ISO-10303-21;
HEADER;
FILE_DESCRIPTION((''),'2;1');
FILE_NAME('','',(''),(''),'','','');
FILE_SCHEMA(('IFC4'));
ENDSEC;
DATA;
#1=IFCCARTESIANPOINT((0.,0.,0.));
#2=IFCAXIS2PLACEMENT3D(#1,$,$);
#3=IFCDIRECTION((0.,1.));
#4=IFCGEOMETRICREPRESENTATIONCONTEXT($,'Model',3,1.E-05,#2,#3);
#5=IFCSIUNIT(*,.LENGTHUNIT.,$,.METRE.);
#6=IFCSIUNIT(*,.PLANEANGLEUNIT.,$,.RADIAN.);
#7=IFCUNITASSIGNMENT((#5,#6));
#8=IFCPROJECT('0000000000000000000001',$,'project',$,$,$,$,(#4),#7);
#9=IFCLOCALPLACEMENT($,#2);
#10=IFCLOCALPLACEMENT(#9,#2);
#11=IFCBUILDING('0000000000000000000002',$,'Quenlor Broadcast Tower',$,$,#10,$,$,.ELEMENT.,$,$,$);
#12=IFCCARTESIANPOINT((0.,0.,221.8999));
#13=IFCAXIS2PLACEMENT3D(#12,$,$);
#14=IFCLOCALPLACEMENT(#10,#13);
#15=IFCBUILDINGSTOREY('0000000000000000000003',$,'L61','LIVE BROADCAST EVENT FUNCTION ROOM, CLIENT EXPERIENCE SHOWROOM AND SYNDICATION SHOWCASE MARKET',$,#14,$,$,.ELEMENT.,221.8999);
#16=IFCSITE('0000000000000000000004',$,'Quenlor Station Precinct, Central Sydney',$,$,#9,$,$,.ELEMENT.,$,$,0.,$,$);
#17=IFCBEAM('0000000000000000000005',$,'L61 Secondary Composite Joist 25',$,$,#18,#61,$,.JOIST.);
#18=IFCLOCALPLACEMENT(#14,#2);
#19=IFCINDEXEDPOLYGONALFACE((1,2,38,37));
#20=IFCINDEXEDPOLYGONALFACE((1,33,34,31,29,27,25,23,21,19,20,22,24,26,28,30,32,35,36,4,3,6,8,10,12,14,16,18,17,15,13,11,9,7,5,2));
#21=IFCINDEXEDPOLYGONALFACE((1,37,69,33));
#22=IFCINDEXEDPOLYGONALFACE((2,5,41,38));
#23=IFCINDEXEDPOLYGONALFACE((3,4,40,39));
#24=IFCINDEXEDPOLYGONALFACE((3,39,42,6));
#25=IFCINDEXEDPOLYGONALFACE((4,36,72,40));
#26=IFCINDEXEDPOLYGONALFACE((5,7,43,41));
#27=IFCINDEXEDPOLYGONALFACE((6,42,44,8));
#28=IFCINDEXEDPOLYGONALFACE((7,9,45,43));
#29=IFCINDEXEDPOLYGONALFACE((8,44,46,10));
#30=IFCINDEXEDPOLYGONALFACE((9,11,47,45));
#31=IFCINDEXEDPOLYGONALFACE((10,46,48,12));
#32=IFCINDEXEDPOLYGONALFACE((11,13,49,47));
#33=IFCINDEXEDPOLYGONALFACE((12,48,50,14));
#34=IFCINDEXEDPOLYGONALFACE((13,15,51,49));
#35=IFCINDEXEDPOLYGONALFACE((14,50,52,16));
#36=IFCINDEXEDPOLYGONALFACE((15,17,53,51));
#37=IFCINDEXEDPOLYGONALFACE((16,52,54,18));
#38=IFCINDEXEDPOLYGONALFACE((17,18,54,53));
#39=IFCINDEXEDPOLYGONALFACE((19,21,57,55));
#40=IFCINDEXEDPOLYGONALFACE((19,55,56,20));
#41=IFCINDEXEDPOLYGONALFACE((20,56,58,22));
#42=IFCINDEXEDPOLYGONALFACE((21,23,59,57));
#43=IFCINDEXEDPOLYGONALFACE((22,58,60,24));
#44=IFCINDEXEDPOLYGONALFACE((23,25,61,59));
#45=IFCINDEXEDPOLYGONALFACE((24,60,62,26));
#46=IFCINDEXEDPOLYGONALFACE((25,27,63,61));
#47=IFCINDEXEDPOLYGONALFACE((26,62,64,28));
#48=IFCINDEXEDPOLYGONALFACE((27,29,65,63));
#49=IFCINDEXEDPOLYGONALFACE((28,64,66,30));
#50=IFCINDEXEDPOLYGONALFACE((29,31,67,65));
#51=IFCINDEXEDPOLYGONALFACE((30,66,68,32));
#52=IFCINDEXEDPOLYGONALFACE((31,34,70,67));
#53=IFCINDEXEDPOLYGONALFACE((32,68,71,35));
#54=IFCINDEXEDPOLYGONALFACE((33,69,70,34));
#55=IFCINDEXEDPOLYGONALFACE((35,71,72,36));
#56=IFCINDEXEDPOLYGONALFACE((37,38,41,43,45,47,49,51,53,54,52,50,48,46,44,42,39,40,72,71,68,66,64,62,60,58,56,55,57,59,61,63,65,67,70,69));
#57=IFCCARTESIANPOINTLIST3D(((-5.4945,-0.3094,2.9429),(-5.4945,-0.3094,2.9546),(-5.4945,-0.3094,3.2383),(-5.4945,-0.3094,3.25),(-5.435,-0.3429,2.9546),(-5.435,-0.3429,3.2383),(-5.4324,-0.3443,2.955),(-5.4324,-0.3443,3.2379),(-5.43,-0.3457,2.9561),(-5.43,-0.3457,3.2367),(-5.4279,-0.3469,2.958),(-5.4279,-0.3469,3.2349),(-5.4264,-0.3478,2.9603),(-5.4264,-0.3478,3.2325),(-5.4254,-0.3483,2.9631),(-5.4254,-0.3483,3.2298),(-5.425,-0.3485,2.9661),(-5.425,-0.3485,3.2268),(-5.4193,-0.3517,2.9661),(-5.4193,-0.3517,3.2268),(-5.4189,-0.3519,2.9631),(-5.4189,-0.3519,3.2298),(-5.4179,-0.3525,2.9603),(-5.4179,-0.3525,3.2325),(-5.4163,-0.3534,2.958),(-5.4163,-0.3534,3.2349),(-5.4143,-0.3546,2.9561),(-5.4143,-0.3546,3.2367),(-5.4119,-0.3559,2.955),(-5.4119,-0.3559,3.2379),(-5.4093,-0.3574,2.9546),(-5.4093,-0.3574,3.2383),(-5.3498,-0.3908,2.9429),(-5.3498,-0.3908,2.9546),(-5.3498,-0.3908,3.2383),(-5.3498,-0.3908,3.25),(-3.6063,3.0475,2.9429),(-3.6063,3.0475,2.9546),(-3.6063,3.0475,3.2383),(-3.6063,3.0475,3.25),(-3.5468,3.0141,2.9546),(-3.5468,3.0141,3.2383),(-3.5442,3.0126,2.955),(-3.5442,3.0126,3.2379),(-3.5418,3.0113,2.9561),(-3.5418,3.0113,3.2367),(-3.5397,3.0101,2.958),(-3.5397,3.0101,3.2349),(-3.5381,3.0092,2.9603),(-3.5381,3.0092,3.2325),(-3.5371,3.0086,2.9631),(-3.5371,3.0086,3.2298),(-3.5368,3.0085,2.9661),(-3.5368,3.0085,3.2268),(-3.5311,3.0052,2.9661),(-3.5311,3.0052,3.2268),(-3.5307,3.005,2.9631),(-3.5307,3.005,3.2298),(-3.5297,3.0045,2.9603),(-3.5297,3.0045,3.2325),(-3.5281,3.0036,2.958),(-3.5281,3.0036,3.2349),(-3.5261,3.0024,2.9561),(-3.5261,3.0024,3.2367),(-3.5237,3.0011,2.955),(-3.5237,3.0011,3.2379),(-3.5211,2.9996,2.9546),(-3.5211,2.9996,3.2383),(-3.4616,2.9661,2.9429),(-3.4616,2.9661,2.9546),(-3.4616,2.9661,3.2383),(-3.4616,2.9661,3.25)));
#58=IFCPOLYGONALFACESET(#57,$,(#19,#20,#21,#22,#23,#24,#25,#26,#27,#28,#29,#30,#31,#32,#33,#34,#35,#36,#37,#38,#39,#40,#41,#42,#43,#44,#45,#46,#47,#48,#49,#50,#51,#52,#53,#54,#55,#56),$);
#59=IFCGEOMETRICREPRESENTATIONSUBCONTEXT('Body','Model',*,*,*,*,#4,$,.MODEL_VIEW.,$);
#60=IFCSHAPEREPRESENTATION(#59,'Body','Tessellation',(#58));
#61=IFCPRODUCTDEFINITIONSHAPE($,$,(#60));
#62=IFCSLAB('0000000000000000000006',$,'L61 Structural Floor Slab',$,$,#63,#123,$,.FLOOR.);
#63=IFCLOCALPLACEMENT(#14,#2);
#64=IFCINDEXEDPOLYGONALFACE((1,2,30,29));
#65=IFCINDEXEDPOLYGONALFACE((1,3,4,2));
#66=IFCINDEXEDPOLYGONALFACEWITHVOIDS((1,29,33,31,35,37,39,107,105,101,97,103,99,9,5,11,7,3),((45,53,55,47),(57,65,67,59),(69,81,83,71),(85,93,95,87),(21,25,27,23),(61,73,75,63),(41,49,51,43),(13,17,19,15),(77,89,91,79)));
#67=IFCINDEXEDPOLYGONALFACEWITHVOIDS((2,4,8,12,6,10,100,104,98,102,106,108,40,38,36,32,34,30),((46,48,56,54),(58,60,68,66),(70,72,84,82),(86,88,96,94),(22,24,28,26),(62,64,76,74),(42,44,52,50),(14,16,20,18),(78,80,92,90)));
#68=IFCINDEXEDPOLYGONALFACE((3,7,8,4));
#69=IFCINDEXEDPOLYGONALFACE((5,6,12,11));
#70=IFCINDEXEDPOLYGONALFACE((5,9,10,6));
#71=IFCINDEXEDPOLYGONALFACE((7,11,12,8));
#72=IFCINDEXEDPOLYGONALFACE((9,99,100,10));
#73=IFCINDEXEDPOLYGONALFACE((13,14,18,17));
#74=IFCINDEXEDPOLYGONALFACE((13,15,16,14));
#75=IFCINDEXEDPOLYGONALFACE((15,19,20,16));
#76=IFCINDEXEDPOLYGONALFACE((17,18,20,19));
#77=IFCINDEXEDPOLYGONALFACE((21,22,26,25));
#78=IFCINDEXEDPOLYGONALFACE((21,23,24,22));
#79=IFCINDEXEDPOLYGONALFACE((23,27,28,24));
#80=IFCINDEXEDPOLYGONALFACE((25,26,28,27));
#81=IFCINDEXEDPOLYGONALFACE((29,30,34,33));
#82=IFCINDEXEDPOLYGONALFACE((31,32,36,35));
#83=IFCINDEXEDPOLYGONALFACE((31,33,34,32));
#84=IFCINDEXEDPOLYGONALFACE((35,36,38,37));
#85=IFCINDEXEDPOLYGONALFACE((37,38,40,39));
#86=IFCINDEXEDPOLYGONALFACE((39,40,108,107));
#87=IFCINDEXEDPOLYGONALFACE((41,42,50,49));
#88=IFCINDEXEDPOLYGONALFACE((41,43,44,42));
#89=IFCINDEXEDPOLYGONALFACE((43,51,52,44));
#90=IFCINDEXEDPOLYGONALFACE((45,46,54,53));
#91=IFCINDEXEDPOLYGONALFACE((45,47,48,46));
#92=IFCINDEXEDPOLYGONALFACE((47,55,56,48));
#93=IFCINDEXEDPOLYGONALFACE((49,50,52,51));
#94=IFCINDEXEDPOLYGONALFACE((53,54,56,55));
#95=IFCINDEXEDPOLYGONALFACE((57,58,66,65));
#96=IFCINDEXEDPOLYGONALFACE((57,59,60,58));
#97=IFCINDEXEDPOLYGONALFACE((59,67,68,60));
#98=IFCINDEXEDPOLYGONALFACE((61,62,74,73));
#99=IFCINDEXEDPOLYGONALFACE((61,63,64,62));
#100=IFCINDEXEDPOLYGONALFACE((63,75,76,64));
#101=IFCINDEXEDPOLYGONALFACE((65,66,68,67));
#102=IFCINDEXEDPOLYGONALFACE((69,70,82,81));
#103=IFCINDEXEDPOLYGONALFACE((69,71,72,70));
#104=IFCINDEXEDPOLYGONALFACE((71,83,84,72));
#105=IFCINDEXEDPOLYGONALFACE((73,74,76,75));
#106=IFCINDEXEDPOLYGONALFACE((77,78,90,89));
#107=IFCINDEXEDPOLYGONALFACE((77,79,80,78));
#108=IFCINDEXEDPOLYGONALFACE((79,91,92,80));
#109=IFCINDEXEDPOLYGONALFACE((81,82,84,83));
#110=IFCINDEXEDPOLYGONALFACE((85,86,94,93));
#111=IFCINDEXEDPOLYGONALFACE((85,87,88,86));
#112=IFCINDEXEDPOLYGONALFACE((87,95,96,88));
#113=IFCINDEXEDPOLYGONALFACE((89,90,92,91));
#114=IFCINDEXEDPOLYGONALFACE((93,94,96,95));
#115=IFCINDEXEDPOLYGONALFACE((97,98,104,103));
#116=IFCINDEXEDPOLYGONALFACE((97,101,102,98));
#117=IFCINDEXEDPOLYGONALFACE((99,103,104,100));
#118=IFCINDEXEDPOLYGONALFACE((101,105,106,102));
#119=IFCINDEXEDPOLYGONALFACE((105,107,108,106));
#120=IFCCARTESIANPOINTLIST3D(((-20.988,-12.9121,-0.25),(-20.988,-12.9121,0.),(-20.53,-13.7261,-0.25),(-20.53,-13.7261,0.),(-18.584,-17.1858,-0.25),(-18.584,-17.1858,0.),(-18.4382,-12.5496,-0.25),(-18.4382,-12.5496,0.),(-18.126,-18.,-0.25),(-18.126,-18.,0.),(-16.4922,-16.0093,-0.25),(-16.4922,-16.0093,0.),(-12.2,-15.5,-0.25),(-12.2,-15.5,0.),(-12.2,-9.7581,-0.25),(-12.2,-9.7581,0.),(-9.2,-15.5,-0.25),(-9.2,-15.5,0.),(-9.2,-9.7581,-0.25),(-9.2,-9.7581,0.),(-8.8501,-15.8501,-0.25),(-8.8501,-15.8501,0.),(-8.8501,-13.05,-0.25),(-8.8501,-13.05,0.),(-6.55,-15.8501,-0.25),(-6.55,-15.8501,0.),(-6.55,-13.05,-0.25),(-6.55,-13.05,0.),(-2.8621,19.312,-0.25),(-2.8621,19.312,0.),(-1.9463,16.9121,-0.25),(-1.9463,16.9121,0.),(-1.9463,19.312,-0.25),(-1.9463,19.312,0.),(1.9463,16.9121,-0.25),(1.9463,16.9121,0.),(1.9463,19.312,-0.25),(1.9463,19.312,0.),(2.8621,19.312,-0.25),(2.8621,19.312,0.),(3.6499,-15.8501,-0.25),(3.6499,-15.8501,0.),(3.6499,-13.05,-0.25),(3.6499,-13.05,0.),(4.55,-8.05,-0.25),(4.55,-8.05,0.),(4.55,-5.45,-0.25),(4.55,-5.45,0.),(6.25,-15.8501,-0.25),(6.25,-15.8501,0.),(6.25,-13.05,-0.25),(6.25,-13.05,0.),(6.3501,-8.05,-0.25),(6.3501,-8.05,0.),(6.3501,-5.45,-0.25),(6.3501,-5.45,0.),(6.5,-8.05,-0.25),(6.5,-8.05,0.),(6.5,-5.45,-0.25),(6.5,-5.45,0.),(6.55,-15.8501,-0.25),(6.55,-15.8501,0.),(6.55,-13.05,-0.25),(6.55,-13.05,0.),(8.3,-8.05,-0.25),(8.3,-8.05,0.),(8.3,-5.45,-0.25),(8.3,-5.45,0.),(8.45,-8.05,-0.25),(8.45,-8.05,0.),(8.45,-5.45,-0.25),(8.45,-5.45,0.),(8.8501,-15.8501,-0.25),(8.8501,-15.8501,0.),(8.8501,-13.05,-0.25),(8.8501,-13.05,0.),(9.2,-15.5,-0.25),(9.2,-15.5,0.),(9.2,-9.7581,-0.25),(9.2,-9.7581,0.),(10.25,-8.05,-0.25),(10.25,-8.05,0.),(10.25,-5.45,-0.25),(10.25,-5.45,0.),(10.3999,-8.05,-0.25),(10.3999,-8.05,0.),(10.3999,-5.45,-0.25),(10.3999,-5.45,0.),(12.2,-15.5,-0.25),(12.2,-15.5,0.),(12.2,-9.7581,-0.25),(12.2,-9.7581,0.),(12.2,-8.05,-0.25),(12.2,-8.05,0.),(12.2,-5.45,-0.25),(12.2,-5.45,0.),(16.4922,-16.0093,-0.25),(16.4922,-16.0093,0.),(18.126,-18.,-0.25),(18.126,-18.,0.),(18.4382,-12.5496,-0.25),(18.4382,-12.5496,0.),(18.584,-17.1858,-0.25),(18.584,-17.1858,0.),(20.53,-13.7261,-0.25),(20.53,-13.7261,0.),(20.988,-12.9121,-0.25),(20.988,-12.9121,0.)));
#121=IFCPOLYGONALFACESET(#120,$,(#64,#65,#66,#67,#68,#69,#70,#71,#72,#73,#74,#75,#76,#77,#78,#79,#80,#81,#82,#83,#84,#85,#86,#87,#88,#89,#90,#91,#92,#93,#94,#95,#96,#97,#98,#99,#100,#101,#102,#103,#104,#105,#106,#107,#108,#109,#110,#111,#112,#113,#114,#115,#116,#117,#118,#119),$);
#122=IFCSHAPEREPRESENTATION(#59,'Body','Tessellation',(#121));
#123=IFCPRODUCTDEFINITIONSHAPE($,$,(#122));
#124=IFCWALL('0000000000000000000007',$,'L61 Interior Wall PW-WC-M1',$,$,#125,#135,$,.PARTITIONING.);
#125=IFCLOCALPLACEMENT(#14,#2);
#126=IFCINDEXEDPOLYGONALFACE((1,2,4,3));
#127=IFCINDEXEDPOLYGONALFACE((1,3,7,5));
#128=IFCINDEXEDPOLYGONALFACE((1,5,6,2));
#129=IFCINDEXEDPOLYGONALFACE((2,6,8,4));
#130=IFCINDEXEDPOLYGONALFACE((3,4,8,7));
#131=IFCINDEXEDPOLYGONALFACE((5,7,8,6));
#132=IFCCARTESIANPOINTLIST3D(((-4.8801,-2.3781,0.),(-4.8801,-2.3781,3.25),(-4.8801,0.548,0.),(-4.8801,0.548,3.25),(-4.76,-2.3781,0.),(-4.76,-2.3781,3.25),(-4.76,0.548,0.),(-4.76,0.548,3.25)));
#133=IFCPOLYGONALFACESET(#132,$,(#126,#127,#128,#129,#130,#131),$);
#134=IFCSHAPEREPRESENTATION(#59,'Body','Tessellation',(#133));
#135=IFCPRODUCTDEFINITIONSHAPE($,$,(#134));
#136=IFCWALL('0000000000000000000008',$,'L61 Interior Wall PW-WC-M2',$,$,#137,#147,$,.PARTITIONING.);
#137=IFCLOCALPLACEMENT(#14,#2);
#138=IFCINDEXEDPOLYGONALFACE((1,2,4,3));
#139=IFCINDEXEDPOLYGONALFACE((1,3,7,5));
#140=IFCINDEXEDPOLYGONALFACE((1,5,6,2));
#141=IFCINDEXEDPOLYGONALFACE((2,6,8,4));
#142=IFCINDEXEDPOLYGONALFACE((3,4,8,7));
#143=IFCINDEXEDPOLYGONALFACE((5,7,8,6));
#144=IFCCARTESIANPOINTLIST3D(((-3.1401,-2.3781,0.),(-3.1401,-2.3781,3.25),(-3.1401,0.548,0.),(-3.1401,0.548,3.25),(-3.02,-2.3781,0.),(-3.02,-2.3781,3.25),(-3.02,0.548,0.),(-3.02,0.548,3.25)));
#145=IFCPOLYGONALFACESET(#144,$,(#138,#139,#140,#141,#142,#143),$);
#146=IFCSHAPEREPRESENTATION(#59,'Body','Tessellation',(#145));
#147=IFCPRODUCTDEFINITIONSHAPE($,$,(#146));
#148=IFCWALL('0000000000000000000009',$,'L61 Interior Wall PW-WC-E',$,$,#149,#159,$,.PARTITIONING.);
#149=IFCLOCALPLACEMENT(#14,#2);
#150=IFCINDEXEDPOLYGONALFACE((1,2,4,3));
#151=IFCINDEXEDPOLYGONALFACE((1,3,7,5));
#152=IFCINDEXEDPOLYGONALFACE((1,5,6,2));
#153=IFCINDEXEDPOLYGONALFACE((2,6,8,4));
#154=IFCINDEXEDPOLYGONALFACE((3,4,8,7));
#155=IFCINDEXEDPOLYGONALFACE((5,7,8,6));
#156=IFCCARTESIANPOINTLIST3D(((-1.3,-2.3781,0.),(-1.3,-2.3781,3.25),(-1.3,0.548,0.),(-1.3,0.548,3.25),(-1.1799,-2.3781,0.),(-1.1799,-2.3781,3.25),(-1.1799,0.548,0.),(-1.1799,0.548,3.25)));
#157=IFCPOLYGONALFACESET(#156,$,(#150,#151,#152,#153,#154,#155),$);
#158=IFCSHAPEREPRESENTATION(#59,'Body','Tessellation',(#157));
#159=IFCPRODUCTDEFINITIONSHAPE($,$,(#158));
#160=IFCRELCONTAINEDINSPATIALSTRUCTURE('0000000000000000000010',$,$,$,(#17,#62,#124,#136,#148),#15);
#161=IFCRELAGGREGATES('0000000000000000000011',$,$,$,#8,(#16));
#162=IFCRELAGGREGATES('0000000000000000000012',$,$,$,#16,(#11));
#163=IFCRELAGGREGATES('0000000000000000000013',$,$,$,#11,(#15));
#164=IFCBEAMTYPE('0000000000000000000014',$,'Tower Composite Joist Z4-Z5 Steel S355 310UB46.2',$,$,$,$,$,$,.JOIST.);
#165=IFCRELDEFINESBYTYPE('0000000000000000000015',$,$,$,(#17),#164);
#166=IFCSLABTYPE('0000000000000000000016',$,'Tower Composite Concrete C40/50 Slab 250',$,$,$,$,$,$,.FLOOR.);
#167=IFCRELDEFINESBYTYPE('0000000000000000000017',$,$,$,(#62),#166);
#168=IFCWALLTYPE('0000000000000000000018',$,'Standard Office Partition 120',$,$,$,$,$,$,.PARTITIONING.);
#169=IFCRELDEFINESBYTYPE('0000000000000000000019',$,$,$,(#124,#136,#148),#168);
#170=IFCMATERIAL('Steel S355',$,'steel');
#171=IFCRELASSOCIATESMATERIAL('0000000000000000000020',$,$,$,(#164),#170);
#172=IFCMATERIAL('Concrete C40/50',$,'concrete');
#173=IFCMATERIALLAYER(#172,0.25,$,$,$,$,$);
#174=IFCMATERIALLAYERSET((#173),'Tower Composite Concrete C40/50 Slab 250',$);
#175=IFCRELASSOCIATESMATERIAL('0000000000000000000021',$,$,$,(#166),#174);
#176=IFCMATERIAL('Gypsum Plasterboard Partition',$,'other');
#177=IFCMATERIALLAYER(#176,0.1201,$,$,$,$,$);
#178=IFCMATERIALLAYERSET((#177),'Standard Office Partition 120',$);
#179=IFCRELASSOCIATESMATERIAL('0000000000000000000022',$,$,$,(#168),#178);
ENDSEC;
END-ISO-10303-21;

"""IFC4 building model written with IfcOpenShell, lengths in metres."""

from ifc_helpers import new_model, si_unit, direction, frame, frame_2d, origin, origin_2d, place, context, subcontext, project, spatial, polyline, rectangle, i_section, outline, extrude, material, layer, layer_set, material_profile, profile_set, type_object, element, save


model = new_model("IFC4")

# Units and contexts
model_context = context("Model", 3, precision=1e-05, world=origin(), true_north=direction((0.0, 1.0)))
body_context = subcontext(model_context, "Body", "Model", "MODEL_VIEW")
ifc_project = project(units=[si_unit("LENGTHUNIT", "METRE"), si_unit("PLANEANGLEUNIT", "RADIAN")], contexts=[model_context])

# Site, building, storey
site_placement = place(None, origin())
site = spatial("IfcSite", under=ifc_project, at=site_placement, Name="Quenlor Station Precinct, Central Sydney", CompositionType="ELEMENT", RefElevation=0.0)
building_placement = place(site_placement, origin())
building = spatial("IfcBuilding", under=site, at=building_placement, Name="Quenlor Broadcast Tower", CompositionType="ELEMENT")
storey_placement = place(building_placement, frame((0.0, 0.0, 221.8999)))
storey = spatial("IfcBuildingStorey", under=building, at=storey_placement, Name="L61", Description="LIVE BROADCAST EVENT FUNCTION ROOM, CLIENT EXPERIENCE SHOWROOM AND SYNDICATION SHOWCASE MARKET", CompositionType="ELEMENT", Elevation=221.8999)

# Beam
ifc_material_1 = material(Name="Steel S355", Category="steel")
ifc_material_profile = material_profile(ifc_material_1, i_section(OverallWidth=0.166, OverallDepth=0.3071, WebThickness=0.0066, FlangeThickness=0.0117, FilletRadius=0.0115, at=origin_2d()))
ifc_profile_set = profile_set([ifc_material_profile], Name="Steel S355 310UB46.2")
beam_type = type_object("IfcBeamType", Name="Tower Composite Joist Z4-Z5 Steel S355 310UB46.2", PredefinedType="JOIST", material=ifc_profile_set)
beam_placement = place(storey_placement, frame((-3.5339, 3.0068, 3.0964), z_axis=(-0.490243, -0.871586, 0.0), x_axis=(0.871586, -0.490243, 0.0)))
element("IfcBeam", 1, at=beam_placement, inside=storey, type_object=beam_type, Name="L61 Secondary Composite Joist 25", PredefinedType="JOIST", context=body_context, shape_type="SweptSolid", body=[
    extrude(i_section(OverallWidth=0.166, OverallDepth=0.3071, WebThickness=0.0066, FlangeThickness=0.0117, FilletRadius=0.0115, at=origin_2d()), origin(), (0.0, 0.0, 1.0), 3.8516),
])

# Slab
ifc_material_2 = material(Name="Concrete C40/50", Category="concrete")
ifc_layer_1 = layer(ifc_material_2, 0.25)
ifc_layer_set_1 = layer_set([ifc_layer_1], Name="Tower Composite Concrete C40/50 Slab 250")
slab_type = type_object("IfcSlabType", Name="Tower Composite Concrete C40/50 Slab 250", PredefinedType="FLOOR", material=ifc_layer_set_1)
slab_placement = place(storey_placement, frame((0.0, 0.0, -0.25)))
element("IfcSlab", 2, at=slab_placement, inside=storey, type_object=slab_type, Name="L61 Structural Floor Slab", PredefinedType="FLOOR", context=body_context, shape_type="SweptSolid", body=[
    extrude(outline(polyline([(18.126, -18.0), (18.584, -17.1858), (16.4922, -16.0093), (18.4382, -12.5496), (20.53, -13.7261), (20.988, -12.9121), (2.8621, 19.312), (1.9463, 19.312), (1.9463, 16.9121), (-1.9463, 16.9121), (-1.9463, 19.312), (-2.8621, 19.312), (-20.988, -12.9121), (-20.53, -13.7261), (-18.4382, -12.5496), (-16.4922, -16.0093), (-18.584, -17.1858), (-18.126, -18.0), (18.126, -18.0)]), holes=[polyline([(-12.2, -9.7581), (-12.2, -15.5), (-9.2, -15.5), (-9.2, -9.7581), (-12.2, -9.7581)]), polyline([(9.2, -9.7581), (9.2, -15.5), (12.2, -15.5), (12.2, -9.7581), (9.2, -9.7581)]), polyline([(4.55, -8.05), (6.3501, -8.05), (6.3501, -5.45), (4.55, -5.45), (4.55, -8.05)]), polyline([(6.5, -8.05), (8.3, -8.05), (8.3, -5.45), (6.5, -5.45), (6.5, -8.05)]), polyline([(8.45, -8.05), (10.25, -8.05), (10.25, -5.45), (8.45, -5.45), (8.45, -8.05)]), polyline([(10.3999, -8.05), (12.2, -8.05), (12.2, -5.45), (10.3999, -5.45), (10.3999, -8.05)]), polyline([(-8.8501, -15.8501), (-6.55, -15.8501), (-6.55, -13.05), (-8.8501, -13.05), (-8.8501, -15.8501)]), polyline([(6.55, -15.8501), (8.8501, -15.8501), (8.8501, -13.05), (6.55, -13.05), (6.55, -15.8501)]), polyline([(3.6499, -15.8501), (6.25, -15.8501), (6.25, -13.05), (3.6499, -13.05), (3.6499, -15.8501)])]), origin(), (0.0, 0.0, 1.0), 0.25),
])

# Walls
ifc_material_3 = material(Name="Gypsum Plasterboard Partition", Category="other")
ifc_layer_2 = layer(ifc_material_3, 0.1201)
ifc_layer_set_2 = layer_set([ifc_layer_2], Name="Standard Office Partition 120")
wall_type = type_object("IfcWallType", Name="Standard Office Partition 120", PredefinedType="PARTITIONING", material=ifc_layer_set_2)
for number, where, z_axis, x_axis, name in (
    (3, (-4.8201, -2.3779, 0.0), (0.0, 0.0, 1.0), (0.0, 1.0, 0.0), "L61 Interior Wall PW-WC-M1"),
    (4, (-3.0801, -2.3779, 0.0), (0.0, 0.0, 1.0), (0.0, 1.0, 0.0), "L61 Interior Wall PW-WC-M2"),
    (5, (-1.24, -2.3779, 0.0), (0.0, 0.0, 1.0), (0.0, 1.0, 0.0), "L61 Interior Wall PW-WC-E"),
):
    element("IfcWall", number, at=place(storey_placement, frame(where, z_axis=z_axis, x_axis=x_axis)), inside=storey, type_object=wall_type, Name=name, PredefinedType="PARTITIONING", context=body_context, shape_type="SweptSolid", body=[
        extrude(rectangle(XDim=2.926, YDim=0.1201, at=frame_2d((1.4629, 0.0))), origin(), (0.0, 0.0, 1.0), 3.25),
    ])

save(model, "model.ifc")
